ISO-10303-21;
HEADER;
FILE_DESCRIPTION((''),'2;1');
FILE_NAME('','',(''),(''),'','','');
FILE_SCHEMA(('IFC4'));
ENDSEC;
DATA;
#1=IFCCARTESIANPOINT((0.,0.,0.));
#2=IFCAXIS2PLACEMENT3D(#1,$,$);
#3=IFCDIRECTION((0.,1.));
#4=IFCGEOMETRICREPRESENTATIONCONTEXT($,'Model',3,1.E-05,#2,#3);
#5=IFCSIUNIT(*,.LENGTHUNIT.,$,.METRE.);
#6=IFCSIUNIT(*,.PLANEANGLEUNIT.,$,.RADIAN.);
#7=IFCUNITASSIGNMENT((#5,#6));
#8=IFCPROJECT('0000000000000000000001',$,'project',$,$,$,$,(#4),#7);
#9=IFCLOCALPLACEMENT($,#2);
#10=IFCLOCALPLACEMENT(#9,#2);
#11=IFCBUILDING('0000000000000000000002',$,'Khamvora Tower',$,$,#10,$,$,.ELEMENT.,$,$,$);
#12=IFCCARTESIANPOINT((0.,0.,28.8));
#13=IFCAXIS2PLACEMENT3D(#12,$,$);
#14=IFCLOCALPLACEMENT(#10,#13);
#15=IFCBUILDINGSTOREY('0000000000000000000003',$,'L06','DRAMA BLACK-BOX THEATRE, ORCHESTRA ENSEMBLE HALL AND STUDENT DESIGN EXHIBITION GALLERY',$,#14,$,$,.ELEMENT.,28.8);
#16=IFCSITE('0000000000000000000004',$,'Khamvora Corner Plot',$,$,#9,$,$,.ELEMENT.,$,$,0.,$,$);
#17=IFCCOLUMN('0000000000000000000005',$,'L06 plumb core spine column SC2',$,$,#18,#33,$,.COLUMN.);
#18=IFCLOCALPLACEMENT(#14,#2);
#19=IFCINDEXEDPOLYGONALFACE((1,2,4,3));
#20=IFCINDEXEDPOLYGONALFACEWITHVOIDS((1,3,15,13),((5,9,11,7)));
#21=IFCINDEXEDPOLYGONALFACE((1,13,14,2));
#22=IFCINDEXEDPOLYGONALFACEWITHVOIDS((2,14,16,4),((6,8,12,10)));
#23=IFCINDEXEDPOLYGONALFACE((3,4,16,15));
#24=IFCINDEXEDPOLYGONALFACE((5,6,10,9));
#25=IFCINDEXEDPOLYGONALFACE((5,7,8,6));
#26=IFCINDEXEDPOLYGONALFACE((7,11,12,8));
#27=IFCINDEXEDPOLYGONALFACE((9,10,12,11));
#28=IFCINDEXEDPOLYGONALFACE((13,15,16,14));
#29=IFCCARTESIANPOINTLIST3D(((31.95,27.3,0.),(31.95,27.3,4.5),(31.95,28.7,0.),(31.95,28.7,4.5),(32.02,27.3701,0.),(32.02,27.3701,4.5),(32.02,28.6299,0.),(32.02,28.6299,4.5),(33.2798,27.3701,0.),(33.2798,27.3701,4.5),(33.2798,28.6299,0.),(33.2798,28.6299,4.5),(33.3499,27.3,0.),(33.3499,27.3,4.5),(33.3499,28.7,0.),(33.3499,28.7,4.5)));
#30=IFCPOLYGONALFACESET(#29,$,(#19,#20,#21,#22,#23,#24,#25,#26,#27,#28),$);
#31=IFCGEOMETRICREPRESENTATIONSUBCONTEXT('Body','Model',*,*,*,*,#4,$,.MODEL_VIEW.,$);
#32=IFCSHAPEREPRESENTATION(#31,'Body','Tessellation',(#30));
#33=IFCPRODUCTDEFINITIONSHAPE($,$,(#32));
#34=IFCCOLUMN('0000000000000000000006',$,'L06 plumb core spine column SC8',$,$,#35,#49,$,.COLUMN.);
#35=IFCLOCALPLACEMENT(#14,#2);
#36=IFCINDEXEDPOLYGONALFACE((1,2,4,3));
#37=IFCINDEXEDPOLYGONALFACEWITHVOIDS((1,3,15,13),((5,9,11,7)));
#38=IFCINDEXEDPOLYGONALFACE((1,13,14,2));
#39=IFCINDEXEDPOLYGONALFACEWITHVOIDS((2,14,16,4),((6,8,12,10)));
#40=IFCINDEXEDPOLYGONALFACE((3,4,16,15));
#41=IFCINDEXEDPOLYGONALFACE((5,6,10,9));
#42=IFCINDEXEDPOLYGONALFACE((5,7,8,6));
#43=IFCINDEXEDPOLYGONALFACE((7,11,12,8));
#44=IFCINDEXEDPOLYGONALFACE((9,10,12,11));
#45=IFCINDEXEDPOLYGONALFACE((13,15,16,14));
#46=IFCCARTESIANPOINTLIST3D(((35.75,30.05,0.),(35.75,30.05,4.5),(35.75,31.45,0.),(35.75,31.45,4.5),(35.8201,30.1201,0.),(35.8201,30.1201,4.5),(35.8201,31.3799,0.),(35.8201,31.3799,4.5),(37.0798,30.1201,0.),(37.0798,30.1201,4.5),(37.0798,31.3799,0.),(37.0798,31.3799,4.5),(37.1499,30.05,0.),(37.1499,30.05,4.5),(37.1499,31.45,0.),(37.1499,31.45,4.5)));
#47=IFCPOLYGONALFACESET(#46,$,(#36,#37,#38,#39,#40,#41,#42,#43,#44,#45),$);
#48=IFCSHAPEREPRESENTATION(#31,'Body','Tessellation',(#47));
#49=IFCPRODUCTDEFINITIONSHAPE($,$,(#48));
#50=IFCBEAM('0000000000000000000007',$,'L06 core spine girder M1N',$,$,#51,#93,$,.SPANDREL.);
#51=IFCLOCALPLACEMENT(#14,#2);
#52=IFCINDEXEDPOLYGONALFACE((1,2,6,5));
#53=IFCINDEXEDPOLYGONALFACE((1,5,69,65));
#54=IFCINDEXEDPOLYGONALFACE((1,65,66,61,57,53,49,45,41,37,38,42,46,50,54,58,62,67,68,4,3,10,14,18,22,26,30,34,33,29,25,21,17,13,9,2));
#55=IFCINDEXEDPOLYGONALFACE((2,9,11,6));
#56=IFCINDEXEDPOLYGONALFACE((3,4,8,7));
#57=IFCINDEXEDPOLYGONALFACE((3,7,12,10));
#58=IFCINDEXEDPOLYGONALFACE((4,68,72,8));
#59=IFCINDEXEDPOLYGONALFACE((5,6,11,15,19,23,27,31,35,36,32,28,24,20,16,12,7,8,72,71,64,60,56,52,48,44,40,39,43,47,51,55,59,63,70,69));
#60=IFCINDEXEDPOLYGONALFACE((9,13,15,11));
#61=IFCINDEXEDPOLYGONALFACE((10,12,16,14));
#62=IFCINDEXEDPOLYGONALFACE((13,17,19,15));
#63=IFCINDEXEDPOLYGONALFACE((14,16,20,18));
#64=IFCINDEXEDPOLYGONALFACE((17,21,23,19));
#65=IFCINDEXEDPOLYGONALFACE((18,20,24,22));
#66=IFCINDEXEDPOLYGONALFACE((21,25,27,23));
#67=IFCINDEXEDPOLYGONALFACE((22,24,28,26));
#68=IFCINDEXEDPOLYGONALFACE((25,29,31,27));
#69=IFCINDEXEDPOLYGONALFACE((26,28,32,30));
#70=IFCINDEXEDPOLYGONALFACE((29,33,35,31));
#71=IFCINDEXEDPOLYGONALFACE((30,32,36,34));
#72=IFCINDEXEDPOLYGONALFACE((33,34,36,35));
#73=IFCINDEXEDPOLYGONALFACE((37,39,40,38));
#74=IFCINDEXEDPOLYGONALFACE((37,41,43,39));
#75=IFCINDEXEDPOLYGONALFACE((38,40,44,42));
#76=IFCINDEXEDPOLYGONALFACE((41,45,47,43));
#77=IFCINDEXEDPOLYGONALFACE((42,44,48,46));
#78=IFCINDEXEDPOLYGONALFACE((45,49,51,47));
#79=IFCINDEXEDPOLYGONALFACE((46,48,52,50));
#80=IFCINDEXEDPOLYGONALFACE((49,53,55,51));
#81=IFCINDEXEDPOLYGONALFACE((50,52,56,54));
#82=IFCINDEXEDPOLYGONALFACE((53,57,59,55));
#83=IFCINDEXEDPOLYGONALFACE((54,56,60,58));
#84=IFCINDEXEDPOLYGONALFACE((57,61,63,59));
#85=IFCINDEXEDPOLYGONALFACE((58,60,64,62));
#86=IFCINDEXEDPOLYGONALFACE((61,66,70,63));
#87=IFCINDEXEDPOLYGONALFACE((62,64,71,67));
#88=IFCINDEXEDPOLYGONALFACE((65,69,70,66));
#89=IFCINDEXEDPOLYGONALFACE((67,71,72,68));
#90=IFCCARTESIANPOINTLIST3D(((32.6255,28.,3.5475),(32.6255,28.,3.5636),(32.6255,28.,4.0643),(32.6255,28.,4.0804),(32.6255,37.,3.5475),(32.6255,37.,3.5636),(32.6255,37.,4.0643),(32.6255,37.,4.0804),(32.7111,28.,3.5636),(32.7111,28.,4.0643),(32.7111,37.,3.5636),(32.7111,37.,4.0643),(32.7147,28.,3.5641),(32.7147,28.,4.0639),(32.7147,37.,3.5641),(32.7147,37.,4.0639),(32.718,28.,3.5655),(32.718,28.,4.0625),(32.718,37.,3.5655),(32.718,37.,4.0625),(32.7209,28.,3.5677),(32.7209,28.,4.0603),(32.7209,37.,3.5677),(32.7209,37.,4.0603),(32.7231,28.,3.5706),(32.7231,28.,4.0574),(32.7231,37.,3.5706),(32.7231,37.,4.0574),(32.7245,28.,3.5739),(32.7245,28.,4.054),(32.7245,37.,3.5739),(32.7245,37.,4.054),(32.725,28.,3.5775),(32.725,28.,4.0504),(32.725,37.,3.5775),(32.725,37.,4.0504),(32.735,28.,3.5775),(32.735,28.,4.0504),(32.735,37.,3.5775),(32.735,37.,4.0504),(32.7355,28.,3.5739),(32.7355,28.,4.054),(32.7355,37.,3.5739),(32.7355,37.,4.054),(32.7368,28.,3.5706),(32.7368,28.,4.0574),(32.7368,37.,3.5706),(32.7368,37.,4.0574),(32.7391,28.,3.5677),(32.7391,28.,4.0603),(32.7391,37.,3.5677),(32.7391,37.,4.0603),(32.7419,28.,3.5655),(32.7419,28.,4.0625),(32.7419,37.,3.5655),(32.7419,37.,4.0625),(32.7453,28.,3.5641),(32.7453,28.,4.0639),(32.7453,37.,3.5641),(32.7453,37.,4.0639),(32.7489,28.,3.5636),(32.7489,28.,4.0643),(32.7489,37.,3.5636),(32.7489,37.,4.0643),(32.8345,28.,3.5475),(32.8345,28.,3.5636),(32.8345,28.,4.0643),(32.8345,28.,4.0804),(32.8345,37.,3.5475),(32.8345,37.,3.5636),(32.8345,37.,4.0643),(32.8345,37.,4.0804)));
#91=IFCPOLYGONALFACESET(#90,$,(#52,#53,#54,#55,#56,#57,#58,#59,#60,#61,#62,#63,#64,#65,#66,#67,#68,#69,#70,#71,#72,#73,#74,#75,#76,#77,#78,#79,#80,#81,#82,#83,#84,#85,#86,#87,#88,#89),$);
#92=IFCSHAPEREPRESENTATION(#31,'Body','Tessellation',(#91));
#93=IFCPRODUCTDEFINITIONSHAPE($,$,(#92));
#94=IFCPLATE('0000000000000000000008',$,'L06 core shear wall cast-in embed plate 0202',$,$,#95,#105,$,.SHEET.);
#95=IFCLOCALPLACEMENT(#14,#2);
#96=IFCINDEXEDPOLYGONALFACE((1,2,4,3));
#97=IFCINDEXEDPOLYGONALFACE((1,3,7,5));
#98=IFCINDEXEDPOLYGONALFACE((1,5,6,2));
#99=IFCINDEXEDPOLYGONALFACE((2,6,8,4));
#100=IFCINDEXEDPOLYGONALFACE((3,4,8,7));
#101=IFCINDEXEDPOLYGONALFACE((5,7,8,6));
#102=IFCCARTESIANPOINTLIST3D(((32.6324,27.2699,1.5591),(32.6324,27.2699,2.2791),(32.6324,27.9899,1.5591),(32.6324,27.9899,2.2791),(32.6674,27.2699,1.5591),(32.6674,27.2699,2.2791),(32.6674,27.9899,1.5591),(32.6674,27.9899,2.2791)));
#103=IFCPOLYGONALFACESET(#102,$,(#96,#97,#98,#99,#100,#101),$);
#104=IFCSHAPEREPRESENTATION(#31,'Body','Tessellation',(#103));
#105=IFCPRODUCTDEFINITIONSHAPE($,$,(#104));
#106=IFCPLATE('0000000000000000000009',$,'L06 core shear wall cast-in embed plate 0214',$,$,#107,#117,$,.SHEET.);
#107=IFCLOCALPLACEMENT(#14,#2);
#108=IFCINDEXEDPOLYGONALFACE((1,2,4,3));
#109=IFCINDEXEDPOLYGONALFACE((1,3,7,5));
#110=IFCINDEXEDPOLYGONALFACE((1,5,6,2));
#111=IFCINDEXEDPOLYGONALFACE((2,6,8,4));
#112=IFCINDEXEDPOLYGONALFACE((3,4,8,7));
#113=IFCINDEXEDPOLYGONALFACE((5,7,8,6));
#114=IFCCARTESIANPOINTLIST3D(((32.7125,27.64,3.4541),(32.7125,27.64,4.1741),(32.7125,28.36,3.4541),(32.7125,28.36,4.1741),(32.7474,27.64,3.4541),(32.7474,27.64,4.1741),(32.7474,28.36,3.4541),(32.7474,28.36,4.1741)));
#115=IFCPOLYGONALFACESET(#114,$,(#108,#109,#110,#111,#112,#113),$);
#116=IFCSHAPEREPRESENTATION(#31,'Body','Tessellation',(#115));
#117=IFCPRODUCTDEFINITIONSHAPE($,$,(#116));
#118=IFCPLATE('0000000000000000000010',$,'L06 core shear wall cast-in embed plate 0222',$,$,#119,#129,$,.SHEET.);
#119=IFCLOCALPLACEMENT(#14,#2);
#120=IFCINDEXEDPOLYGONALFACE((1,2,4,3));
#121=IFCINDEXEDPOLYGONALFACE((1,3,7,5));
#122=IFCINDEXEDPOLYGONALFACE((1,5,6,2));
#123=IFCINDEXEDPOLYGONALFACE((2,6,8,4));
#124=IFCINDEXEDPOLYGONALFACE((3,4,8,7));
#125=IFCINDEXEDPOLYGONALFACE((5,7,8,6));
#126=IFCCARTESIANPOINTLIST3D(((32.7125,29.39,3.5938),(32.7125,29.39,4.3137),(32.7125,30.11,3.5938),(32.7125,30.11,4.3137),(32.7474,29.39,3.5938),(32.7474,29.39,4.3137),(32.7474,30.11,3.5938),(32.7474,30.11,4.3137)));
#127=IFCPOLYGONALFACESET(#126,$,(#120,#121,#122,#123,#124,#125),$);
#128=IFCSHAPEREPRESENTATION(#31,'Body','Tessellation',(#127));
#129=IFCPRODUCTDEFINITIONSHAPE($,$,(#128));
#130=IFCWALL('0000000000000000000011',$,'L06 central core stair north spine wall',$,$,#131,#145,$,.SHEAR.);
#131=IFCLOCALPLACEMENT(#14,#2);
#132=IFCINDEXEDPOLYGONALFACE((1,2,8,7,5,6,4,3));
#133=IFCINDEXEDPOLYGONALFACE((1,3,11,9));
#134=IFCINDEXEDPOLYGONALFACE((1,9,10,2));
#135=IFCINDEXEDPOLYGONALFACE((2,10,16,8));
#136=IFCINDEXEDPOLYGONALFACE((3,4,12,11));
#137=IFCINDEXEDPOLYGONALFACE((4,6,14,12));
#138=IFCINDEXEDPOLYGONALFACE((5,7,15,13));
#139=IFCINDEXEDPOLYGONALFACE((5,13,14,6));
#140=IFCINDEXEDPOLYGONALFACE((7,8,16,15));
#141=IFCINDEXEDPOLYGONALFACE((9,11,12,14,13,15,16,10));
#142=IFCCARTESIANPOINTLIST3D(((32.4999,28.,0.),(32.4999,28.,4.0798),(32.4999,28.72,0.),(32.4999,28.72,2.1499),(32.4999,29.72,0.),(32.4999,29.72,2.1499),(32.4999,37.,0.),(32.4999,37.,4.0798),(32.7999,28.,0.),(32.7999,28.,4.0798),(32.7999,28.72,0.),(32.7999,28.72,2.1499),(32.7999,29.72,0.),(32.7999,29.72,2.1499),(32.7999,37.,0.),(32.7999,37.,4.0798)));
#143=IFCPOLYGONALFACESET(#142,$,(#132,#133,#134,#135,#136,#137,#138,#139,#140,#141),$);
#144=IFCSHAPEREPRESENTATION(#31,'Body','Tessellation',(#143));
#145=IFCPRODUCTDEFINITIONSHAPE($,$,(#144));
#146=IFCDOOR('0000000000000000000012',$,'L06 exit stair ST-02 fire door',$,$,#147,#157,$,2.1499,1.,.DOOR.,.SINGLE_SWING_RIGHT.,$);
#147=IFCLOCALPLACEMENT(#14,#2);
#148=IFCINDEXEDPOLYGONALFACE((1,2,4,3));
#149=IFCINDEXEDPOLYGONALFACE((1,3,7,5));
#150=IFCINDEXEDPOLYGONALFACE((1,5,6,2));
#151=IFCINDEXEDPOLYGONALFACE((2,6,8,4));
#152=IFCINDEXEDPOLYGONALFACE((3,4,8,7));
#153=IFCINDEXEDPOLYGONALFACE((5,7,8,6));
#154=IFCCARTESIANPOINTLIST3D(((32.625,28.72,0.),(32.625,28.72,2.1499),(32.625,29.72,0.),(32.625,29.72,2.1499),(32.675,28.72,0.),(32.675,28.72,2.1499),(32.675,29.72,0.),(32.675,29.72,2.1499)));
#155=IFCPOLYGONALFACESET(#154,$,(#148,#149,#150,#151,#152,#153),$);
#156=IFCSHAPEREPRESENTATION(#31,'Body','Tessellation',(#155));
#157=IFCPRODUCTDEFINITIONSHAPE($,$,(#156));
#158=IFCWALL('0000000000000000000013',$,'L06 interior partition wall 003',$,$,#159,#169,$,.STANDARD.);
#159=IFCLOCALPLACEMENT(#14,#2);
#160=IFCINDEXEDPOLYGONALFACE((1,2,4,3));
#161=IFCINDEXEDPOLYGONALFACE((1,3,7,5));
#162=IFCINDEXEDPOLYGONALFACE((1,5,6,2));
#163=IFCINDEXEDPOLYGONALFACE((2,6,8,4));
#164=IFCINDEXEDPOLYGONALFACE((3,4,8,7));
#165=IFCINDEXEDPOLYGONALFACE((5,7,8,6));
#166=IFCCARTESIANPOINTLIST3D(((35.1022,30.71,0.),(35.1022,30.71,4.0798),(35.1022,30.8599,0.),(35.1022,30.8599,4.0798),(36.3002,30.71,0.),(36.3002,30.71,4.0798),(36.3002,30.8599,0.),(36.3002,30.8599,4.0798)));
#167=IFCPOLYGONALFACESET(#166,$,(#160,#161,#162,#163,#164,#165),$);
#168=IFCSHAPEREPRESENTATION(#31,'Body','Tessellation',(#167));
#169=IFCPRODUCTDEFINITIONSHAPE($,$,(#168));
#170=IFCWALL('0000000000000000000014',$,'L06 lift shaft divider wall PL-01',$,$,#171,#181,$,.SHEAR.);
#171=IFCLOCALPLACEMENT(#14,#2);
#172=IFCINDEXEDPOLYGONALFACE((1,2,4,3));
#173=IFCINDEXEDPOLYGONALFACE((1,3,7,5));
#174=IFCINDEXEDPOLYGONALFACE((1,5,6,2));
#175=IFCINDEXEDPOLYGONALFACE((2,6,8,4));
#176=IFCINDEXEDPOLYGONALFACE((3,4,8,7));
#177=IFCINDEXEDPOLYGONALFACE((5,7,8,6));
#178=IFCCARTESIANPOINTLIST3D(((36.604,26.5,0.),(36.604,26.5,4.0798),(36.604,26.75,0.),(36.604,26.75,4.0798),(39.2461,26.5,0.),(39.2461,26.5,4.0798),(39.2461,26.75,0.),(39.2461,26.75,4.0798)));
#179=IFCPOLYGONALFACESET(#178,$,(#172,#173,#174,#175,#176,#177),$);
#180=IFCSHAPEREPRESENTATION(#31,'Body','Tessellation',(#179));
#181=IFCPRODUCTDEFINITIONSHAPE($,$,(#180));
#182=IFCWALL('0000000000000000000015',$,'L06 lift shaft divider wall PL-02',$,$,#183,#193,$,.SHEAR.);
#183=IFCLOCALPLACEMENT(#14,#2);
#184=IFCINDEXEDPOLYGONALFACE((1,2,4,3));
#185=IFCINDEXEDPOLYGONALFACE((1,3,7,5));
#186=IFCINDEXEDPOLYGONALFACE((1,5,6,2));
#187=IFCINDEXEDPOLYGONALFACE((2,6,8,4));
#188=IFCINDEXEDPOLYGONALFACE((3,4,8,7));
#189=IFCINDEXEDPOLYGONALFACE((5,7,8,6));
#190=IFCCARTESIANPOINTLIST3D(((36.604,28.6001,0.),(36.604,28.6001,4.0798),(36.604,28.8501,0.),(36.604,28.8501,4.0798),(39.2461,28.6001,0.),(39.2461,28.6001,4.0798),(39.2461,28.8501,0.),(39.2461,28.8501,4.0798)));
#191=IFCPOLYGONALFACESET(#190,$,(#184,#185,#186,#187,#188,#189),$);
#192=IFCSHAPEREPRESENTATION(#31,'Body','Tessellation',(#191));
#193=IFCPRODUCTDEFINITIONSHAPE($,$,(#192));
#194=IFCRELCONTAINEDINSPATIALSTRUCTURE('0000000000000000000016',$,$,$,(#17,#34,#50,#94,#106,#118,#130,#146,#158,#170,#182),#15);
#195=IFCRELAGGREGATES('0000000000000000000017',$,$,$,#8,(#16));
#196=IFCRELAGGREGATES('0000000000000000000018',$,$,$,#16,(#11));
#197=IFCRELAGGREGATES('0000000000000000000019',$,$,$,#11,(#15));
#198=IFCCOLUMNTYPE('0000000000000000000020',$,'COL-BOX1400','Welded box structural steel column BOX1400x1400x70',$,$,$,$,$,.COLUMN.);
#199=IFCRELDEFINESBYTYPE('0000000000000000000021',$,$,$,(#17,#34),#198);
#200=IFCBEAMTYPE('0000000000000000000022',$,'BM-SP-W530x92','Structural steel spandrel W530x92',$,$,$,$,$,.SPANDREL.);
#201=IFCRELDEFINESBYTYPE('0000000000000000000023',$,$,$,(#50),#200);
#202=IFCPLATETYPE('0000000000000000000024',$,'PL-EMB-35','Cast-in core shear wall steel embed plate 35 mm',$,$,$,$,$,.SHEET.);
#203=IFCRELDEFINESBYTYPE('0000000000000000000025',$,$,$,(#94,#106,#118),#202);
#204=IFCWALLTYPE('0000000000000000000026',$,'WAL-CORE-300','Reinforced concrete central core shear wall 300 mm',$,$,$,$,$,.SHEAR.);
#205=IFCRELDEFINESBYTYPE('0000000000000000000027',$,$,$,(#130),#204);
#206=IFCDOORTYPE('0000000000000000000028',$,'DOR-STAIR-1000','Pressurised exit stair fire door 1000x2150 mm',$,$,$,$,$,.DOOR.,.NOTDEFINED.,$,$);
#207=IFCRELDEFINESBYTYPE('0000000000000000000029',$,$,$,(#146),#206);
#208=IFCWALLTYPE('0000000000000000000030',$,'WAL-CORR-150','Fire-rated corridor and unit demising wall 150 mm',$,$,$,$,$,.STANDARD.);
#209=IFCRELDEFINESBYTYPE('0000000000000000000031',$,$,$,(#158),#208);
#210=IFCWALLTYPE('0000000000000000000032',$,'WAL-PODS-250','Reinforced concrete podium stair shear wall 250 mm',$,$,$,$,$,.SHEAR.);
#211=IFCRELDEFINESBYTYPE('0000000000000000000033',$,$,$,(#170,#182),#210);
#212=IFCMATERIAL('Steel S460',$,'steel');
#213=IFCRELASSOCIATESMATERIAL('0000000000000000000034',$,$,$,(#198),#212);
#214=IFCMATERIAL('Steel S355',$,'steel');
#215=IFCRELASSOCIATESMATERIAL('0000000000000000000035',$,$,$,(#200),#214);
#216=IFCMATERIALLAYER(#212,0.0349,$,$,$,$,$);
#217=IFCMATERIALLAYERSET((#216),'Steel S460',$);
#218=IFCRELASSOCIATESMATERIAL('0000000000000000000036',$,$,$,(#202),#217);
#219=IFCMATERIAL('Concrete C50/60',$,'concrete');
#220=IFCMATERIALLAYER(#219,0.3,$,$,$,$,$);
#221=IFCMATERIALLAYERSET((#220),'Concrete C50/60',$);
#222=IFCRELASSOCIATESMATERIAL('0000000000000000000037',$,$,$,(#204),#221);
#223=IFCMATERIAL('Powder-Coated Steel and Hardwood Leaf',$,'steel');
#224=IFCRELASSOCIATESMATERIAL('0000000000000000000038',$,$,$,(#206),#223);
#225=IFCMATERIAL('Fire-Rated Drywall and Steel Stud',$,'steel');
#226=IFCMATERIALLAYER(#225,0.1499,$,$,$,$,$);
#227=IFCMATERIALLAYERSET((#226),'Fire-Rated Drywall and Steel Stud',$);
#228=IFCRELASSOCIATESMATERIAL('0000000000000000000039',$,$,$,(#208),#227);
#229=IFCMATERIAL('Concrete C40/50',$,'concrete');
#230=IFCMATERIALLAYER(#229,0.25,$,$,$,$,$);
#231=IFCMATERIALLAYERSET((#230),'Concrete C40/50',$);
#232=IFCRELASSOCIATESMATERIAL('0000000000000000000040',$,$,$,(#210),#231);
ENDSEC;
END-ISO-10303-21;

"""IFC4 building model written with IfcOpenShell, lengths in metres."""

from ifc_helpers import new_model, si_unit, direction, frame, frame_2d, origin, origin_2d, place, context, subcontext, project, spatial, rectangle, hollow_rectangle, i_section, extrude, material, layer, layer_set, material_profile, profile_set, type_object, element, fill, save


model = new_model("IFC4")

# Units and contexts
model_context = context("Model", 3, precision=1e-05, world=origin(), true_north=direction((0.0, 1.0)))
body_context = subcontext(model_context, "Body", "Model", "MODEL_VIEW")
ifc_project = project(units=[si_unit("LENGTHUNIT", "METRE"), si_unit("PLANEANGLEUNIT", "RADIAN")], contexts=[model_context])

# Site, building, storey
site_placement = place(None, origin())
site = spatial("IfcSite", under=ifc_project, at=site_placement, Name="Khamvora Corner Plot", CompositionType="ELEMENT", RefElevation=0.0)
building_placement = place(site_placement, origin())
building = spatial("IfcBuilding", under=site, at=building_placement, Name="Khamvora Tower", CompositionType="ELEMENT")
storey_placement = place(building_placement, frame((0.0, 0.0, 28.8)))
storey = spatial("IfcBuildingStorey", under=building, at=storey_placement, Name="L06", Description="DRAMA BLACK-BOX THEATRE, ORCHESTRA ENSEMBLE HALL AND STUDENT DESIGN EXHIBITION GALLERY", CompositionType="ELEMENT", Elevation=28.8)

# Columns
ifc_material_1 = material(Name="Steel S460", Category="steel")
ifc_material_profile_1 = material_profile(ifc_material_1, hollow_rectangle(XDim=1.3999, YDim=1.3999, WallThickness=0.0701, at=origin_2d()), Name="BOX1400x1400x70")
ifc_profile_set_1 = profile_set([ifc_material_profile_1], Name="Steel S460")
column_type = type_object("IfcColumnType", Name="COL-BOX1400", Description="Welded box structural steel column BOX1400x1400x70", PredefinedType="COLUMN", material=ifc_profile_set_1)
for number, where, z_axis, x_axis, name in (
    (1, (32.6499, 28.0, 0.0), (0.0, 0.0, 1.0), (1.0, 0.0, 0.0), "L06 plumb core spine column SC2"),
    (2, (36.45, 30.75, 0.0), (0.0, 0.0, 1.0), (1.0, 0.0, 0.0), "L06 plumb core spine column SC8"),
):
    element("IfcColumn", number, at=place(storey_placement, frame(where, z_axis=z_axis, x_axis=x_axis)), inside=storey, type_object=column_type, Name=name, PredefinedType="COLUMN", context=body_context, shape_type="SweptSolid", body=[
        extrude(hollow_rectangle(XDim=1.3999, YDim=1.3999, WallThickness=0.0701, at=origin_2d()), origin(), (0.0, 0.0, 1.0), 4.5),
    ])

# Beam
ifc_material_2 = material(Name="Steel S355", Category="steel")
ifc_material_profile_2 = material_profile(ifc_material_2, i_section(OverallWidth=0.209, OverallDepth=0.533, WebThickness=0.01, FlangeThickness=0.0161, FilletRadius=0.0139, at=origin_2d()), Name="W530x92")
ifc_profile_set_2 = profile_set([ifc_material_profile_2], Name="Steel S355")
beam_type = type_object("IfcBeamType", Name="BM-SP-W530x92", Description="Structural steel spandrel W530x92", PredefinedType="SPANDREL", material=ifc_profile_set_2)
beam_placement = place(storey_placement, frame((32.73, 28.0, 3.814), z_axis=(0.0, 1.0, 0.0), x_axis=(-1.0, 0.0, 0.0)))
element("IfcBeam", 3, at=beam_placement, inside=storey, type_object=beam_type, Name="L06 core spine girder M1N", PredefinedType="SPANDREL", context=body_context, shape_type="SweptSolid", body=[
    extrude(i_section(OverallWidth=0.209, OverallDepth=0.533, WebThickness=0.01, FlangeThickness=0.0161, FilletRadius=0.0139, at=origin_2d()), origin(), (0.0, 0.0, 1.0), 9.0),
])

# Plates
ifc_layer_1 = layer(ifc_material_1, 0.0349)
ifc_layer_set_1 = layer_set([ifc_layer_1], Name="Steel S460")
plate_type = type_object("IfcPlateType", Name="PL-EMB-35", Description="Cast-in core shear wall steel embed plate 35 mm", PredefinedType="SHEET", material=ifc_layer_set_1)
for number, where, z_axis, x_axis, name in (
    (4, (32.6499, 27.6299, 1.5591), (0.0, 0.0, 1.0), (1.0, 0.0, 0.0), "L06 core shear wall cast-in embed plate 0202"),
    (5, (32.73, 28.0, 3.4541), (0.0, 0.0, 1.0), (1.0, 0.0, 0.0), "L06 core shear wall cast-in embed plate 0214"),
    (6, (32.73, 29.75, 3.5938), (0.0, 0.0, 1.0), (1.0, 0.0, 0.0), "L06 core shear wall cast-in embed plate 0222"),
):
    element("IfcPlate", number, at=place(storey_placement, frame(where, z_axis=z_axis, x_axis=x_axis)), inside=storey, type_object=plate_type, Name=name, PredefinedType="SHEET", context=body_context, shape_type="SweptSolid", body=[
        extrude(rectangle(XDim=0.0349, YDim=0.72, at=origin_2d()), origin(), (0.0, 0.0, 1.0), 0.72),
    ])

# Wall, opening, door
ifc_material_3 = material(Name="Concrete C50/60", Category="concrete")
ifc_layer_2 = layer(ifc_material_3, 0.3)
ifc_layer_set_2 = layer_set([ifc_layer_2], Name="Concrete C50/60")
wall_type_1 = type_object("IfcWallType", Name="WAL-CORE-300", Description="Reinforced concrete central core shear wall 300 mm", PredefinedType="SHEAR", material=ifc_layer_set_2)
wall_1_placement = place(storey_placement, frame((32.6499, 28.0, 0.0), z_axis=(0.0, 0.0, 1.0), x_axis=(0.0, 1.0, 0.0)))
wall_1 = element("IfcWall", 7, at=wall_1_placement, inside=storey, type_object=wall_type_1, Name="L06 central core stair north spine wall", PredefinedType="SHEAR", context=body_context, shape_type="SweptSolid", body=[
    extrude(rectangle(XDim=9.0, YDim=0.3, at=frame_2d((4.5, 0.0))), origin(), (0.0, 0.0, 1.0), 4.0798),
])
opening_1_placement = place(wall_1_placement, frame((0.72, 0.0, 0.0)))
opening_1 = element("IfcOpeningElement", 8, at=opening_1_placement, cuts=wall_1, PredefinedType="OPENING", context=body_context, shape_type="SweptSolid", body=[
    extrude(rectangle(XDim=1.0, YDim=2.1499, at=frame_2d((0.5, 1.075))), frame((0.0, 0.1599, 0.0), z_axis=(0.0, -1.0, 0.0), x_axis=(1.0, 0.0, 0.0)), (0.0, 0.0, 1.0), 0.3201),
])
ifc_material_4 = material(Name="Powder-Coated Steel and Hardwood Leaf", Category="steel")
door_type_1 = type_object("IfcDoorType", Name="DOR-STAIR-1000", Description="Pressurised exit stair fire door 1000x2150 mm", OperationType="NOTDEFINED", PredefinedType="DOOR", material=ifc_material_4)
door_1_placement = place(opening_1_placement, origin())
door_1 = element("IfcDoor", 9, at=door_1_placement, inside=storey, type_object=door_type_1, Name="L06 exit stair ST-02 fire door", OperationType="SINGLE_SWING_RIGHT", OverallHeight=2.1499, OverallWidth=1.0, PredefinedType="DOOR", context=body_context, shape_type="SweptSolid", body=[
    extrude(rectangle(XDim=1.0, YDim=2.1499, at=frame_2d((0.5, 1.075))), frame((0.0, 0.0249, 0.0), z_axis=(0.0, -1.0, 0.0), x_axis=(1.0, 0.0, 0.0)), (0.0, 0.0, 1.0), 0.05),
])
fill(opening_1, door_1)

# Walls
ifc_material_5 = material(Name="Fire-Rated Drywall and Steel Stud", Category="steel")
ifc_layer_3 = layer(ifc_material_5, 0.1499)
ifc_layer_set_3 = layer_set([ifc_layer_3], Name="Fire-Rated Drywall and Steel Stud")
wall_type_2 = type_object("IfcWallType", Name="WAL-CORR-150", Description="Fire-rated corridor and unit demising wall 150 mm", PredefinedType="STANDARD", material=ifc_layer_set_3)
wall_2_placement = place(storey_placement, frame((35.1021, 30.7849, 0.0), z_axis=(0.0, 0.0, 1.0), x_axis=(1.0, 0.0, 0.0)))
element("IfcWall", 10, at=wall_2_placement, inside=storey, type_object=wall_type_2, Name="L06 interior partition wall 003", PredefinedType="STANDARD", context=body_context, shape_type="SweptSolid", body=[
    extrude(rectangle(XDim=1.198, YDim=0.1499, at=frame_2d((0.5991, 0.0))), origin(), (0.0, 0.0, 1.0), 4.0798),
])
ifc_material_6 = material(Name="Concrete C40/50", Category="concrete")
ifc_layer_4 = layer(ifc_material_6, 0.25)
ifc_layer_set_4 = layer_set([ifc_layer_4], Name="Concrete C40/50")
wall_type_3 = type_object("IfcWallType", Name="WAL-PODS-250", Description="Reinforced concrete podium stair shear wall 250 mm", PredefinedType="SHEAR", material=ifc_layer_set_4)
for number, where, z_axis, x_axis, name in (
    (11, (36.604, 26.625, 0.0), (0.0, 0.0, 1.0), (1.0, 0.0, 0.0), "L06 lift shaft divider wall PL-01"),
    (12, (36.604, 28.7251, 0.0), (0.0, 0.0, 1.0), (1.0, 0.0, 0.0), "L06 lift shaft divider wall PL-02"),
):
    element("IfcWall", number, at=place(storey_placement, frame(where, z_axis=z_axis, x_axis=x_axis)), inside=storey, type_object=wall_type_3, Name=name, PredefinedType="SHEAR", context=body_context, shape_type="SweptSolid", body=[
        extrude(rectangle(XDim=2.6421, YDim=0.25, at=frame_2d((1.321, 0.0))), origin(), (0.0, 0.0, 1.0), 4.0798),
    ])

save(model, "model.ifc")
